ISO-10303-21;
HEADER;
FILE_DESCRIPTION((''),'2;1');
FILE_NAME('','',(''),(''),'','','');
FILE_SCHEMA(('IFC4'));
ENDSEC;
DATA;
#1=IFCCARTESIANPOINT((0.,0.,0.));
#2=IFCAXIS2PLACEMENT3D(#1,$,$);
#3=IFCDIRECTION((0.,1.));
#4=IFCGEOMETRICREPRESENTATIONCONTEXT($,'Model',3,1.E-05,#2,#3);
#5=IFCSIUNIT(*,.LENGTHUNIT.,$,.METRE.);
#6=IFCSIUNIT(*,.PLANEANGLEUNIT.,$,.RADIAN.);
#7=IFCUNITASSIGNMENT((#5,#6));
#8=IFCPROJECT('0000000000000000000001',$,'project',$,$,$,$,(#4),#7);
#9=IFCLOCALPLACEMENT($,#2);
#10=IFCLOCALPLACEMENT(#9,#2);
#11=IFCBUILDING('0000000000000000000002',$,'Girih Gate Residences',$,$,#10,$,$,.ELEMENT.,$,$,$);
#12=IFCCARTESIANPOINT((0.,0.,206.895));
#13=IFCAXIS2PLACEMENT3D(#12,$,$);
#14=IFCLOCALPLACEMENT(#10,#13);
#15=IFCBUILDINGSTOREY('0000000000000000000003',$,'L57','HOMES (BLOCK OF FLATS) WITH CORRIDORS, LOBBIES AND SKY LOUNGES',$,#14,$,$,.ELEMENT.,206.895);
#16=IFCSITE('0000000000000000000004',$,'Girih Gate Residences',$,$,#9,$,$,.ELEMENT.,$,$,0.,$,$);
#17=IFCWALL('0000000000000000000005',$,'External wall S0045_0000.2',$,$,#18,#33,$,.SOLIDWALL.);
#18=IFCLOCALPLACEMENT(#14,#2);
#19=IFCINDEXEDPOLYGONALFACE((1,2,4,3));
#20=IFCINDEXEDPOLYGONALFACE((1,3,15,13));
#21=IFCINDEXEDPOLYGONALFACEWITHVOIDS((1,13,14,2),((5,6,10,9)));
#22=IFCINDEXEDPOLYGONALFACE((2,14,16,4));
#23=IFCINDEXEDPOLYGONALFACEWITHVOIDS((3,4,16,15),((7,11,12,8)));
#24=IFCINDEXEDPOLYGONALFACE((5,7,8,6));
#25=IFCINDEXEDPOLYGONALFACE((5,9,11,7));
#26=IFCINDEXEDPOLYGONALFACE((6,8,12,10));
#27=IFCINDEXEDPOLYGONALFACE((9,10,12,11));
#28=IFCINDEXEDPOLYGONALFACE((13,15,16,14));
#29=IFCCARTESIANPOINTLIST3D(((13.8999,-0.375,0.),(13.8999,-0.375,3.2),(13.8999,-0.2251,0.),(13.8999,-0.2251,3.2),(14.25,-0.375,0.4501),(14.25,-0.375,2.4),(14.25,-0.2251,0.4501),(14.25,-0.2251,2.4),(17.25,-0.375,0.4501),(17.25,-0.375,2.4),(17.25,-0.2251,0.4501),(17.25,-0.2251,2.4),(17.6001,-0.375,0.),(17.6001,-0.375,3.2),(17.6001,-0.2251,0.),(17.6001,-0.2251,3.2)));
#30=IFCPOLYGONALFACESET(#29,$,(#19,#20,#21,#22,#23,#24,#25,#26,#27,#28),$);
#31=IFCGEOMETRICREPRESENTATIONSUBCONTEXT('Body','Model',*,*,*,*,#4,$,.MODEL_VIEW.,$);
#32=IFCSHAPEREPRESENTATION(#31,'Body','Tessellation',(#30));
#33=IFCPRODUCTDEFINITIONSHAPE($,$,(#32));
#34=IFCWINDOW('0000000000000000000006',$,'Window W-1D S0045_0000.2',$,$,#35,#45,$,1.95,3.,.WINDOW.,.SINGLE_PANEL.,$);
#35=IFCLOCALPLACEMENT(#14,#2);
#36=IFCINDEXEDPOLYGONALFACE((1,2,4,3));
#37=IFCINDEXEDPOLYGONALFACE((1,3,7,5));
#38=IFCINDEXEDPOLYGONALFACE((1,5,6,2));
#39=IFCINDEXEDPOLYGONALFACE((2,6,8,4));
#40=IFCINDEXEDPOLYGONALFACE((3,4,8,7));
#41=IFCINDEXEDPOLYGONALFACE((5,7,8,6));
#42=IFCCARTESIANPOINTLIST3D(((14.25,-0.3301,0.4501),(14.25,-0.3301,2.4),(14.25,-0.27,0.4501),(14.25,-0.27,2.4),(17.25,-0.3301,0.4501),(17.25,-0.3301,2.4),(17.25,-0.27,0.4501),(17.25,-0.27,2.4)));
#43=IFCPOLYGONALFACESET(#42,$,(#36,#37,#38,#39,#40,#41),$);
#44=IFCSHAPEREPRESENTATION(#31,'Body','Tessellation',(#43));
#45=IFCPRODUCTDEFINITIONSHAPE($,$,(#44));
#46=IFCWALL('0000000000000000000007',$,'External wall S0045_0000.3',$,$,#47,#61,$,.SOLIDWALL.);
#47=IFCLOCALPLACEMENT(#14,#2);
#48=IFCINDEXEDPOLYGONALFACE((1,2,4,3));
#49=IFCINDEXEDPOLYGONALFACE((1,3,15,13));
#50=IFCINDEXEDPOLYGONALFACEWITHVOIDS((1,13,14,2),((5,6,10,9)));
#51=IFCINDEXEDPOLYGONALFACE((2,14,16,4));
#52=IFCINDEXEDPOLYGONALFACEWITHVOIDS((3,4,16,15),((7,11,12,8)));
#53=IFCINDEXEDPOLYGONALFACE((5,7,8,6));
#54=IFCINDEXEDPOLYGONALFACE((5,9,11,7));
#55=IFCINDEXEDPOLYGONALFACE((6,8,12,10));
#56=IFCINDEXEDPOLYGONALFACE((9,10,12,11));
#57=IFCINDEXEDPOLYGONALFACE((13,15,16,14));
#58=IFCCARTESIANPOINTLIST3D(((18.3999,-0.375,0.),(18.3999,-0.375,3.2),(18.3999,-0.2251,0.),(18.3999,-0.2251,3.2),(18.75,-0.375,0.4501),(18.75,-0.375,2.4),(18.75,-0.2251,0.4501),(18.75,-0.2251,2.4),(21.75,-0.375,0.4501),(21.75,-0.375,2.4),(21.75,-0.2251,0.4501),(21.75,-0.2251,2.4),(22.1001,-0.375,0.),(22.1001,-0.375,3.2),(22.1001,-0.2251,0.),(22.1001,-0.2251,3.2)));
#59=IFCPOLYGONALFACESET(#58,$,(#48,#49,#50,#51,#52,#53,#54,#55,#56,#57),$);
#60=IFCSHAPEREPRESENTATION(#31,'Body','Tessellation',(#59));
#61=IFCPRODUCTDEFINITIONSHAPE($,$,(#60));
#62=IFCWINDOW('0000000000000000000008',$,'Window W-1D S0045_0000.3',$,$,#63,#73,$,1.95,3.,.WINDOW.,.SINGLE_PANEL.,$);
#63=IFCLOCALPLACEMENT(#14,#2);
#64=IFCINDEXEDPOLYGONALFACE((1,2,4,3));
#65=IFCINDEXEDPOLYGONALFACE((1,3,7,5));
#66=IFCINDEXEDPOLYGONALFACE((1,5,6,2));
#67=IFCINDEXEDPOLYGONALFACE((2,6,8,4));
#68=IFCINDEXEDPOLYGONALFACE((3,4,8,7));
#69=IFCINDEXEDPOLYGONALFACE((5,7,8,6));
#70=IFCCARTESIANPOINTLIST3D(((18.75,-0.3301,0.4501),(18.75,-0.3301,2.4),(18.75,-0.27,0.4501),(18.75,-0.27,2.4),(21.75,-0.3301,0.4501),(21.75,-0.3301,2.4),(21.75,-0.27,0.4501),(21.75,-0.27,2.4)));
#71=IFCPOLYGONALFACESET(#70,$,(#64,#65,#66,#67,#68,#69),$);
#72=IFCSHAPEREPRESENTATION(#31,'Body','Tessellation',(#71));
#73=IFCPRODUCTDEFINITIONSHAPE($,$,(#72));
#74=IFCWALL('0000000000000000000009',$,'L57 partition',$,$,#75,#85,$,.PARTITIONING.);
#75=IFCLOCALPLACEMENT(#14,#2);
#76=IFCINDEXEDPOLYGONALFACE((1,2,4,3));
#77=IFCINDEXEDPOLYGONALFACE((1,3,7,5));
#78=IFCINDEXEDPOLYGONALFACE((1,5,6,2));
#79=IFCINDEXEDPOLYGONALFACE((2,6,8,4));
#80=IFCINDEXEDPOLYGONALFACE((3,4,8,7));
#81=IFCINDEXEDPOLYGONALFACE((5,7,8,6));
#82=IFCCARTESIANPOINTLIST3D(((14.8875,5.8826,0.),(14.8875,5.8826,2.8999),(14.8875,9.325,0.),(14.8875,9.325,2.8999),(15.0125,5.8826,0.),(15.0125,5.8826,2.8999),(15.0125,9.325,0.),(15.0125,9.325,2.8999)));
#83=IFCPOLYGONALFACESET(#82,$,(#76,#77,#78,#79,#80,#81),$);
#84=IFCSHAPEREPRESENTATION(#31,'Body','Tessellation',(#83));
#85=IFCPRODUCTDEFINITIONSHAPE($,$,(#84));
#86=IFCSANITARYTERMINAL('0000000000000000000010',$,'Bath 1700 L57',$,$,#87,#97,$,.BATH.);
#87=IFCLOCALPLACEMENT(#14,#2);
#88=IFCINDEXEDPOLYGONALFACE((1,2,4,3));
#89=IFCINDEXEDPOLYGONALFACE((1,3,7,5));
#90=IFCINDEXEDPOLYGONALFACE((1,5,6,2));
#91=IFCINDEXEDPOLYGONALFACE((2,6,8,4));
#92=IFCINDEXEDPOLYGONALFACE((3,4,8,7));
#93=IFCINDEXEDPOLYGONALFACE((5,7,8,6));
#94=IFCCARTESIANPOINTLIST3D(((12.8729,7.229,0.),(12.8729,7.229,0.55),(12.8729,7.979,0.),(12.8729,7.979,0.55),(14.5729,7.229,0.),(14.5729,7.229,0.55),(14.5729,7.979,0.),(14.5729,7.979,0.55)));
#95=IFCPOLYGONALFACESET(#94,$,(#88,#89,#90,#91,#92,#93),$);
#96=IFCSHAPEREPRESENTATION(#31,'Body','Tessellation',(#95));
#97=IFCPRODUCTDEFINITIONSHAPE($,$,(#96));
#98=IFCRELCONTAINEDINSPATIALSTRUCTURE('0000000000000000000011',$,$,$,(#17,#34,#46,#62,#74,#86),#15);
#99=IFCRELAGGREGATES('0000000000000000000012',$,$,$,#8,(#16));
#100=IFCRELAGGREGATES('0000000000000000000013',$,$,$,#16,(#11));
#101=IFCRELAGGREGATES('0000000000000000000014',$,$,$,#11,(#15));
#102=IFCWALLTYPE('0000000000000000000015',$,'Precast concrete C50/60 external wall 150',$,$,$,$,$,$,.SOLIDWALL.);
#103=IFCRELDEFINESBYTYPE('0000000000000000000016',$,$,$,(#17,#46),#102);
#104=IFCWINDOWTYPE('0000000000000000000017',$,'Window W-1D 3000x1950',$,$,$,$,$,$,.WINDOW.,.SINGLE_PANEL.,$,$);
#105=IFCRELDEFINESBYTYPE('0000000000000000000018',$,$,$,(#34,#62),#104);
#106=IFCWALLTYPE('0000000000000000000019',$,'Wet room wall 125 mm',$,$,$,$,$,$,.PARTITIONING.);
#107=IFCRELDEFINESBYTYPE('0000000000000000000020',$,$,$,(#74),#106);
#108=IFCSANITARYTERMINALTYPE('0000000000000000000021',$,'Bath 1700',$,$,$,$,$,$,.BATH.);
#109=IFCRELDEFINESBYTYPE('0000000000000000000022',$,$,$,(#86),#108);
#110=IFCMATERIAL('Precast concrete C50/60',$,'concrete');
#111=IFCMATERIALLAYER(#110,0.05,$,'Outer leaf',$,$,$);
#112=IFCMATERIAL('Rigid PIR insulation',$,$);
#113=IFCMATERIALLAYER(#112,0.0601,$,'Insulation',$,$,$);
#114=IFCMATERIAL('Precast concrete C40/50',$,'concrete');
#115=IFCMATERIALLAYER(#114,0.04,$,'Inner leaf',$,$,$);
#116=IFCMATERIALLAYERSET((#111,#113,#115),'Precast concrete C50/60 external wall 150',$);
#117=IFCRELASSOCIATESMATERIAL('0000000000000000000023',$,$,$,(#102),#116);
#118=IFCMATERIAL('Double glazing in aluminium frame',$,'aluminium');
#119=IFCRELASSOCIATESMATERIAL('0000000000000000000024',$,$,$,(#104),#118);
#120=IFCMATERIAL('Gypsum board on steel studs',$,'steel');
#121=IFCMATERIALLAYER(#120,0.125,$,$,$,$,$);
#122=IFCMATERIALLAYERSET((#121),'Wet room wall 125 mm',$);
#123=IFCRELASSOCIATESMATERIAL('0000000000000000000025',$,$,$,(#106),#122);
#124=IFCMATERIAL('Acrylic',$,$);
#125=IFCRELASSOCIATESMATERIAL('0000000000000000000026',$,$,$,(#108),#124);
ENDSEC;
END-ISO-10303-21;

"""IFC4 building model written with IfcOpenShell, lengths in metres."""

from ifc_helpers import new_model, si_unit, direction, frame, frame_2d, origin, origin_2d, place, context, subcontext, project, spatial, rectangle, extrude, material, layer, layer_set, type_object, element, fill, save


model = new_model("IFC4")

# Units and contexts
model_context = context("Model", 3, precision=1e-05, world=origin(), true_north=direction((0.0, 1.0)))
body_context = subcontext(model_context, "Body", "Model", "MODEL_VIEW")
ifc_project = project(units=[si_unit("LENGTHUNIT", "METRE"), si_unit("PLANEANGLEUNIT", "RADIAN")], contexts=[model_context])

# Site, building, storey
site_placement = place(None, origin())
site = spatial("IfcSite", under=ifc_project, at=site_placement, Name="Girih Gate Residences", CompositionType="ELEMENT", RefElevation=0.0)
building_placement = place(site_placement, origin())
building = spatial("IfcBuilding", under=site, at=building_placement, Name="Girih Gate Residences", CompositionType="ELEMENT")
storey_placement = place(building_placement, frame((0.0, 0.0, 206.895)))
storey = spatial("IfcBuildingStorey", under=building, at=storey_placement, Name="L57", Description="HOMES (BLOCK OF FLATS) WITH CORRIDORS, LOBBIES AND SKY LOUNGES", CompositionType="ELEMENT", Elevation=206.895)

# Shared definitions
ifc_material_1 = material(Name="Gypsum board on steel studs", Category="steel")

# Walls, openings, windows
ifc_material_2 = material(Name="Precast concrete C50/60", Category="concrete")
ifc_layer_1 = layer(ifc_material_2, 0.05, Name="Outer leaf")
ifc_material_3 = material(Name="Rigid PIR insulation")
ifc_layer_2 = layer(ifc_material_3, 0.0601, Name="Insulation")
ifc_material_4 = material(Name="Precast concrete C40/50", Category="concrete")
ifc_layer_3 = layer(ifc_material_4, 0.04, Name="Inner leaf")
ifc_layer_set_1 = layer_set([ifc_layer_1, ifc_layer_2, ifc_layer_3], Name="Precast concrete C50/60 external wall 150")
wall_type_1 = type_object("IfcWallType", Name="Precast concrete C50/60 external wall 150", PredefinedType="SOLIDWALL", material=ifc_layer_set_1)
wall_1_placement = place(storey_placement, frame((17.6001, -0.3, 0.0), z_axis=(0.0, 0.0, 1.0), x_axis=(-1.0, 0.0, 0.0)))
wall_1 = element("IfcWall", 1, at=wall_1_placement, inside=storey, type_object=wall_type_1, Name="External wall S0045_0000.2", PredefinedType="SOLIDWALL", context=body_context, shape_type="SweptSolid", body=[
    extrude(rectangle(XDim=3.7002, YDim=0.1499, at=frame_2d((1.8501, 0.0))), origin(), (0.0, 0.0, 1.0), 3.2),
])
opening_1_placement = place(wall_1_placement, frame((0.3501, 0.0, 0.45)))
opening_1 = element("IfcOpeningElement", 2, at=opening_1_placement, cuts=wall_1, PredefinedType="OPENING", context=body_context, shape_type="SweptSolid", body=[
    extrude(rectangle(XDim=3.0, YDim=1.95, at=frame_2d((1.5, 0.9751))), frame((0.0, 0.085, 0.0), z_axis=(0.0, -1.0, 0.0), x_axis=(1.0, 0.0, 0.0)), (0.0, 0.0, 1.0), 0.1699),
])
ifc_material_5 = material(Name="Double glazing in aluminium frame", Category="aluminium")
window_type = type_object("IfcWindowType", Name="Window W-1D 3000x1950", PartitioningType="SINGLE_PANEL", PredefinedType="WINDOW", material=ifc_material_5)
window_1_placement = place(opening_1_placement, origin())
window_1 = element("IfcWindow", 3, at=window_1_placement, inside=storey, type_object=window_type, Name="Window W-1D S0045_0000.2", OverallHeight=1.95, OverallWidth=3.0, PartitioningType="SINGLE_PANEL", PredefinedType="WINDOW", context=body_context, shape_type="SweptSolid", body=[
    extrude(rectangle(XDim=3.0, YDim=1.95, at=frame_2d((1.5, 0.9751))), frame((0.0, 0.03, 0.0), z_axis=(0.0, -1.0, 0.0), x_axis=(1.0, 0.0, 0.0)), (0.0, 0.0, 1.0), 0.0601),
])
fill(opening_1, window_1)
wall_2_placement = place(storey_placement, frame((22.1001, -0.3, 0.0), z_axis=(0.0, 0.0, 1.0), x_axis=(-1.0, 0.0, 0.0)))
wall_2 = element("IfcWall", 4, at=wall_2_placement, inside=storey, type_object=wall_type_1, Name="External wall S0045_0000.3", PredefinedType="SOLIDWALL", context=body_context, shape_type="SweptSolid", body=[
    extrude(rectangle(XDim=3.7002, YDim=0.1499, at=frame_2d((1.8501, 0.0))), origin(), (0.0, 0.0, 1.0), 3.2),
])
opening_2_placement = place(wall_2_placement, frame((0.3501, 0.0, 0.45)))
opening_2 = element("IfcOpeningElement", 5, at=opening_2_placement, cuts=wall_2, PredefinedType="OPENING", context=body_context, shape_type="SweptSolid", body=[
    extrude(rectangle(XDim=3.0, YDim=1.95, at=frame_2d((1.5, 0.9751))), frame((0.0, 0.085, 0.0), z_axis=(0.0, -1.0, 0.0), x_axis=(1.0, 0.0, 0.0)), (0.0, 0.0, 1.0), 0.1699),
])
window_2_placement = place(opening_2_placement, origin())
window_2 = element("IfcWindow", 6, at=window_2_placement, inside=storey, type_object=window_type, Name="Window W-1D S0045_0000.3", OverallHeight=1.95, OverallWidth=3.0, PartitioningType="SINGLE_PANEL", PredefinedType="WINDOW", context=body_context, shape_type="SweptSolid", body=[
    extrude(rectangle(XDim=3.0, YDim=1.95, at=frame_2d((1.5, 0.9751))), frame((0.0, 0.03, 0.0), z_axis=(0.0, -1.0, 0.0), x_axis=(1.0, 0.0, 0.0)), (0.0, 0.0, 1.0), 0.0601),
])
fill(opening_2, window_2)

# Wall
ifc_layer_4 = layer(ifc_material_1, 0.125)
ifc_layer_set_2 = layer_set([ifc_layer_4], Name="Wet room wall 125 mm")
wall_type_2 = type_object("IfcWallType", Name="Wet room wall 125 mm", PredefinedType="PARTITIONING", material=ifc_layer_set_2)
wall_3_placement = place(storey_placement, frame((14.95, 5.8826, 0.0), z_axis=(0.0, 0.0, 1.0), x_axis=(0.0, 1.0, 0.0)))
element("IfcWall", 7, at=wall_3_placement, inside=storey, type_object=wall_type_2, Name="L57 partition", PredefinedType="PARTITIONING", context=body_context, shape_type="SweptSolid", body=[
    extrude(rectangle(XDim=3.4424, YDim=0.125, at=frame_2d((1.7212, 0.0))), origin(), (0.0, 0.0, 1.0), 2.8999),
])

# Sanitary terminal
ifc_material_6 = material(Name="Acrylic")
sanitary_terminal_type = type_object("IfcSanitaryTerminalType", Name="Bath 1700", PredefinedType="BATH", material=ifc_material_6)
sanitary_terminal_placement = place(storey_placement, frame((13.7229, 7.604, 0.0), z_axis=(0.0, 0.0, 1.0), x_axis=(1.0, 0.0, 0.0)))
element("IfcSanitaryTerminal", 8, at=sanitary_terminal_placement, inside=storey, type_object=sanitary_terminal_type, Name="Bath 1700 L57", PredefinedType="BATH", context=body_context, shape_type="SweptSolid", body=[
    extrude(rectangle(XDim=1.7, YDim=0.75, at=origin_2d()), origin(), (0.0, 0.0, 1.0), 0.55),
])

save(model, "model.ifc")
